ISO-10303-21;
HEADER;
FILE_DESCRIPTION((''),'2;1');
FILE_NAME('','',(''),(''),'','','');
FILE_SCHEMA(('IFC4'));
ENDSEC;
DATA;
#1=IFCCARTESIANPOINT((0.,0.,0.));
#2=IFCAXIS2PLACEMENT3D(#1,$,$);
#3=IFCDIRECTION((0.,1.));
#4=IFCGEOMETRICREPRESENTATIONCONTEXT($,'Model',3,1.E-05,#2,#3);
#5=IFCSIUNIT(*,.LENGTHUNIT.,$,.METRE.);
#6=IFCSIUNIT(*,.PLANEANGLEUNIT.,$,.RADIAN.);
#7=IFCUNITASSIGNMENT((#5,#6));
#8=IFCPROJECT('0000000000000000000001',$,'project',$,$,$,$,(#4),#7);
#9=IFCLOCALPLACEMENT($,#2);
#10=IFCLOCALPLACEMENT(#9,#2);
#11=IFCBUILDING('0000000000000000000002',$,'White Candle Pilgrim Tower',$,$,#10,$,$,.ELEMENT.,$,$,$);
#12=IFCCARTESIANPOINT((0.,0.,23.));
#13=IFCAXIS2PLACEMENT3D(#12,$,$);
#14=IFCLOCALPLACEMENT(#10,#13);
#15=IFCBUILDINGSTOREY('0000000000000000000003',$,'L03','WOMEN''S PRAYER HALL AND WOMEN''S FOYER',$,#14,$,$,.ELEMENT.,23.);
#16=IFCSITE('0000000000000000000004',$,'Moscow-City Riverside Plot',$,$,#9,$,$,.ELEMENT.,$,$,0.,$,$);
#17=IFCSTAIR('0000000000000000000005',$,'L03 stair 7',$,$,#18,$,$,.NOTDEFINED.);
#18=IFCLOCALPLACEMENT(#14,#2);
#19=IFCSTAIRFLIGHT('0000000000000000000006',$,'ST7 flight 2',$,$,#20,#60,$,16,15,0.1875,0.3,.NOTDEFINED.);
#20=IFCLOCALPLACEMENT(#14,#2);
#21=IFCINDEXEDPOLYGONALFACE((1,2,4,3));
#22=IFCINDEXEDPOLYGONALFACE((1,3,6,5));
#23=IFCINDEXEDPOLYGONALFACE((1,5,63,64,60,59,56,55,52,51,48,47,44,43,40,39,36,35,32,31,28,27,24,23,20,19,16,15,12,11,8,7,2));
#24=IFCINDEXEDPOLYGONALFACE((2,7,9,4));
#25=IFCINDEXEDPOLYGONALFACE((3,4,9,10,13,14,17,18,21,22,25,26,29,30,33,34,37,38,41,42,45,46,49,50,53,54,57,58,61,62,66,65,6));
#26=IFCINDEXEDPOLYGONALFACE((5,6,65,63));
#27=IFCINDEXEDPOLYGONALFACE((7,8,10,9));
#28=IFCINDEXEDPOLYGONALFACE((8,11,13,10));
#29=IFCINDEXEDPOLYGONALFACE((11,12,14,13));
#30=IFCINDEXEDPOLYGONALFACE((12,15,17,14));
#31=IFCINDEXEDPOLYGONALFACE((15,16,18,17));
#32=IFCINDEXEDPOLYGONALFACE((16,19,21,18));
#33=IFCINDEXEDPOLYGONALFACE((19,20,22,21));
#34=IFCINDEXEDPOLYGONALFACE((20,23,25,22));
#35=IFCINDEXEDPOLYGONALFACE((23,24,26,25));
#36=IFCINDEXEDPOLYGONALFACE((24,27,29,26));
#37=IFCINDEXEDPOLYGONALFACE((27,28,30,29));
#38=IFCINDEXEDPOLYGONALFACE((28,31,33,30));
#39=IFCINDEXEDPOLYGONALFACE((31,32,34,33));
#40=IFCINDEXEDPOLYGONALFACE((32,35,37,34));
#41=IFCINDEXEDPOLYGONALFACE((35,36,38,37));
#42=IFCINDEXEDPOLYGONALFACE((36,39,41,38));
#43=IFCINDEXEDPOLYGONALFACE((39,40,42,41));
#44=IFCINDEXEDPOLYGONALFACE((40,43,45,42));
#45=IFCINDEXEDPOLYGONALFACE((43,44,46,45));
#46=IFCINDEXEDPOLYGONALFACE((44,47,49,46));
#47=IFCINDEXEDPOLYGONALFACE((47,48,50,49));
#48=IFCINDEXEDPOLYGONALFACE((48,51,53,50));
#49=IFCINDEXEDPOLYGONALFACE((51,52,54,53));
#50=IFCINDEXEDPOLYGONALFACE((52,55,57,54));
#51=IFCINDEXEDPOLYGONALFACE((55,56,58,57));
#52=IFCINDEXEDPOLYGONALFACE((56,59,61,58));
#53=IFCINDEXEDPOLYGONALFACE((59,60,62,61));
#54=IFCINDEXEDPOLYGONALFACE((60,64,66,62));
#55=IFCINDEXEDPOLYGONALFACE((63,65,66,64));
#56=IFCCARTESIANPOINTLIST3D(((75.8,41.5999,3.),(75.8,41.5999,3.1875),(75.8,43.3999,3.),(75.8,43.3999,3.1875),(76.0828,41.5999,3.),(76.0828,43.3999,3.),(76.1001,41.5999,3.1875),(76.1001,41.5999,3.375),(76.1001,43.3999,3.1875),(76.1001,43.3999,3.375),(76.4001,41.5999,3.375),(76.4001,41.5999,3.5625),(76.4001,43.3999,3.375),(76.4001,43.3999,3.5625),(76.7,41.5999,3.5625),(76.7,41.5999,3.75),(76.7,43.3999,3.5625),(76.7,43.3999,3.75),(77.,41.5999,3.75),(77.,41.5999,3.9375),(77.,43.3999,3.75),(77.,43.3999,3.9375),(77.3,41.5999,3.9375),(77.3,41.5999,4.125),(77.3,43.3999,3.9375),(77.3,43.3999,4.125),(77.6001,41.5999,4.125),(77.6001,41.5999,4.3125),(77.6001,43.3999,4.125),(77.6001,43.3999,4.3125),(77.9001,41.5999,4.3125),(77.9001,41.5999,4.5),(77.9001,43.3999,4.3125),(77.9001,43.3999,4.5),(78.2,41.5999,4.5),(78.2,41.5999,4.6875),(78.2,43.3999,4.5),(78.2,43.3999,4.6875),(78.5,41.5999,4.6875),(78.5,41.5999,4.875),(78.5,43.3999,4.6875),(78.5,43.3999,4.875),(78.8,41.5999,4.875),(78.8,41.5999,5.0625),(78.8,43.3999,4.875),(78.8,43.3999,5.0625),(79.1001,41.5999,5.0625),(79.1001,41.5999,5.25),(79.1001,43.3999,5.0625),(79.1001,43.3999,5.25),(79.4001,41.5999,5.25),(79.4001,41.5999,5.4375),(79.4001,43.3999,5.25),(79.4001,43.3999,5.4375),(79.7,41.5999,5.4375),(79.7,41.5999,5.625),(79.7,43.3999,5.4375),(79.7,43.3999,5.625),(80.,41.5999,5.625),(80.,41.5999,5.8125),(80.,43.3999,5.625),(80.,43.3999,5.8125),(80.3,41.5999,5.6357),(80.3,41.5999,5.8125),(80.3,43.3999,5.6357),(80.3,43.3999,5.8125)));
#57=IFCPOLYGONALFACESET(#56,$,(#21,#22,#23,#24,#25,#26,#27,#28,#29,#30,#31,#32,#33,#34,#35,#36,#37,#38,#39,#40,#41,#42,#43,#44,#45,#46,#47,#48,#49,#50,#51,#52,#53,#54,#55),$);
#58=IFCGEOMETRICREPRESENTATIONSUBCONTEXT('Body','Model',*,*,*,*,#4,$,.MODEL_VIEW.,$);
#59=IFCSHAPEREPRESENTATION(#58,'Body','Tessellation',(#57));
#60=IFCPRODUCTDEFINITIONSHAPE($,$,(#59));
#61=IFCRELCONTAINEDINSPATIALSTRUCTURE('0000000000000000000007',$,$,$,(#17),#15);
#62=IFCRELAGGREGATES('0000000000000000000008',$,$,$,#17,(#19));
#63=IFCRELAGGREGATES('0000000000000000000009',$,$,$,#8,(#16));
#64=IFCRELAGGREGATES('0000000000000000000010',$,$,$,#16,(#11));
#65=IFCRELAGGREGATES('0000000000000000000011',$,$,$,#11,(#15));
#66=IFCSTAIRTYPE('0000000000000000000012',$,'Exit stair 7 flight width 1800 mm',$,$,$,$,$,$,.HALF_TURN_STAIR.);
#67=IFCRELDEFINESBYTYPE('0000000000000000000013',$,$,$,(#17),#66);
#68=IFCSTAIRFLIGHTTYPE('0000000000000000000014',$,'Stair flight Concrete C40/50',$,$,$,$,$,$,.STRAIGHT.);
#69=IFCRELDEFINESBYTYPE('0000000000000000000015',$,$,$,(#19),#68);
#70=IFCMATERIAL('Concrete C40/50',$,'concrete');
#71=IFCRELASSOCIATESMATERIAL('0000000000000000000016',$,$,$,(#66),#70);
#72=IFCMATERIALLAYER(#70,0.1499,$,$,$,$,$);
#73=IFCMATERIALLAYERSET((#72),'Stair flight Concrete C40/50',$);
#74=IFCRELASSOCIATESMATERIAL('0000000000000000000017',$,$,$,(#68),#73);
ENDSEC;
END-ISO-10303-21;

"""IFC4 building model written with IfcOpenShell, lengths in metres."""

from ifc_helpers import new_model, si_unit, direction, frame, origin, place, context, subcontext, project, spatial, polyline, outline, extrude, material, layer, layer_set, type_object, element, aggregate, save


model = new_model("IFC4")

# Units and contexts
model_context = context("Model", 3, precision=1e-05, world=origin(), true_north=direction((0.0, 1.0)))
body_context = subcontext(model_context, "Body", "Model", "MODEL_VIEW")
ifc_project = project(units=[si_unit("LENGTHUNIT", "METRE"), si_unit("PLANEANGLEUNIT", "RADIAN")], contexts=[model_context])

# Site, building, storey
site_placement = place(None, origin())
site = spatial("IfcSite", under=ifc_project, at=site_placement, Name="Moscow-City Riverside Plot", CompositionType="ELEMENT", RefElevation=0.0)
building_placement = place(site_placement, origin())
building = spatial("IfcBuilding", under=site, at=building_placement, Name="White Candle Pilgrim Tower", CompositionType="ELEMENT")
storey_placement = place(building_placement, frame((0.0, 0.0, 23.0)))
storey = spatial("IfcBuildingStorey", under=building, at=storey_placement, Name="L03", Description="WOMEN'S PRAYER HALL AND WOMEN'S FOYER", CompositionType="ELEMENT", Elevation=23.0)

# Stair, stair flight
ifc_material_1 = material(Name="Concrete C40/50", Category="concrete")
stair_type = type_object("IfcStairType", Name="Exit stair 7 flight width 1800 mm", PredefinedType="HALF_TURN_STAIR", material=ifc_material_1)
stair_placement = place(storey_placement, origin())
stair = element("IfcStair", 1, at=stair_placement, inside=storey, type_object=stair_type, Name="L03 stair 7", PredefinedType="NOTDEFINED")
ifc_layer_1 = layer(ifc_material_1, 0.1499)
ifc_layer_set_1 = layer_set([ifc_layer_1], Name="Stair flight Concrete C40/50")
stair_flight_type = type_object("IfcStairFlightType", Name="Stair flight Concrete C40/50", PredefinedType="STRAIGHT", material=ifc_layer_set_1)
stair_flight_1_placement = place(storey_placement, frame((75.8, 42.5, 3.0), z_axis=(0.0, 0.0, 1.0), x_axis=(1.0, 0.0, 0.0)))
stair_flight_1 = element("IfcStairFlight", 2, at=stair_flight_1_placement, type_object=stair_flight_type, Name="ST7 flight 2", NumberOfRisers=16, NumberOfTreads=15, PredefinedType="NOTDEFINED", RiserHeight=0.1875, TreadLength=0.3, context=body_context, shape_type="SweptSolid", body=[
    extrude(outline(polyline([(0.0, 0.0), (0.0, 0.1875), (0.3, 0.1875), (0.3, 0.375), (0.6001, 0.375), (0.6001, 0.5625), (0.8999, 0.5625), (0.8999, 0.75), (1.2, 0.75), (1.2, 0.9375), (1.5, 0.9375), (1.5, 1.125), (1.8, 1.125), (1.8, 1.3125), (2.1001, 1.3125), (2.1001, 1.5), (2.3999, 1.5), (2.3999, 1.6875), (2.7, 1.6875), (2.7, 1.875), (3.0, 1.875), (3.0, 2.0625), (3.3, 2.0625), (3.3, 2.25), (3.6001, 2.25), (3.6001, 2.4375), (3.8999, 2.4375), (3.8999, 2.625), (4.2, 2.625), (4.2, 2.8125), (4.5, 2.8125), (4.5, 3.0), (4.5, 2.6357), (0.2827, 0.0), (0.0, 0.0)])), frame((0.0, 0.8999, 0.0), z_axis=(0.0, -1.0, 0.0), x_axis=(1.0, 0.0, 0.0)), (0.0, 0.0, 1.0), 1.8),
])
aggregate(stair, [stair_flight_1])

save(model, "model.ifc")
